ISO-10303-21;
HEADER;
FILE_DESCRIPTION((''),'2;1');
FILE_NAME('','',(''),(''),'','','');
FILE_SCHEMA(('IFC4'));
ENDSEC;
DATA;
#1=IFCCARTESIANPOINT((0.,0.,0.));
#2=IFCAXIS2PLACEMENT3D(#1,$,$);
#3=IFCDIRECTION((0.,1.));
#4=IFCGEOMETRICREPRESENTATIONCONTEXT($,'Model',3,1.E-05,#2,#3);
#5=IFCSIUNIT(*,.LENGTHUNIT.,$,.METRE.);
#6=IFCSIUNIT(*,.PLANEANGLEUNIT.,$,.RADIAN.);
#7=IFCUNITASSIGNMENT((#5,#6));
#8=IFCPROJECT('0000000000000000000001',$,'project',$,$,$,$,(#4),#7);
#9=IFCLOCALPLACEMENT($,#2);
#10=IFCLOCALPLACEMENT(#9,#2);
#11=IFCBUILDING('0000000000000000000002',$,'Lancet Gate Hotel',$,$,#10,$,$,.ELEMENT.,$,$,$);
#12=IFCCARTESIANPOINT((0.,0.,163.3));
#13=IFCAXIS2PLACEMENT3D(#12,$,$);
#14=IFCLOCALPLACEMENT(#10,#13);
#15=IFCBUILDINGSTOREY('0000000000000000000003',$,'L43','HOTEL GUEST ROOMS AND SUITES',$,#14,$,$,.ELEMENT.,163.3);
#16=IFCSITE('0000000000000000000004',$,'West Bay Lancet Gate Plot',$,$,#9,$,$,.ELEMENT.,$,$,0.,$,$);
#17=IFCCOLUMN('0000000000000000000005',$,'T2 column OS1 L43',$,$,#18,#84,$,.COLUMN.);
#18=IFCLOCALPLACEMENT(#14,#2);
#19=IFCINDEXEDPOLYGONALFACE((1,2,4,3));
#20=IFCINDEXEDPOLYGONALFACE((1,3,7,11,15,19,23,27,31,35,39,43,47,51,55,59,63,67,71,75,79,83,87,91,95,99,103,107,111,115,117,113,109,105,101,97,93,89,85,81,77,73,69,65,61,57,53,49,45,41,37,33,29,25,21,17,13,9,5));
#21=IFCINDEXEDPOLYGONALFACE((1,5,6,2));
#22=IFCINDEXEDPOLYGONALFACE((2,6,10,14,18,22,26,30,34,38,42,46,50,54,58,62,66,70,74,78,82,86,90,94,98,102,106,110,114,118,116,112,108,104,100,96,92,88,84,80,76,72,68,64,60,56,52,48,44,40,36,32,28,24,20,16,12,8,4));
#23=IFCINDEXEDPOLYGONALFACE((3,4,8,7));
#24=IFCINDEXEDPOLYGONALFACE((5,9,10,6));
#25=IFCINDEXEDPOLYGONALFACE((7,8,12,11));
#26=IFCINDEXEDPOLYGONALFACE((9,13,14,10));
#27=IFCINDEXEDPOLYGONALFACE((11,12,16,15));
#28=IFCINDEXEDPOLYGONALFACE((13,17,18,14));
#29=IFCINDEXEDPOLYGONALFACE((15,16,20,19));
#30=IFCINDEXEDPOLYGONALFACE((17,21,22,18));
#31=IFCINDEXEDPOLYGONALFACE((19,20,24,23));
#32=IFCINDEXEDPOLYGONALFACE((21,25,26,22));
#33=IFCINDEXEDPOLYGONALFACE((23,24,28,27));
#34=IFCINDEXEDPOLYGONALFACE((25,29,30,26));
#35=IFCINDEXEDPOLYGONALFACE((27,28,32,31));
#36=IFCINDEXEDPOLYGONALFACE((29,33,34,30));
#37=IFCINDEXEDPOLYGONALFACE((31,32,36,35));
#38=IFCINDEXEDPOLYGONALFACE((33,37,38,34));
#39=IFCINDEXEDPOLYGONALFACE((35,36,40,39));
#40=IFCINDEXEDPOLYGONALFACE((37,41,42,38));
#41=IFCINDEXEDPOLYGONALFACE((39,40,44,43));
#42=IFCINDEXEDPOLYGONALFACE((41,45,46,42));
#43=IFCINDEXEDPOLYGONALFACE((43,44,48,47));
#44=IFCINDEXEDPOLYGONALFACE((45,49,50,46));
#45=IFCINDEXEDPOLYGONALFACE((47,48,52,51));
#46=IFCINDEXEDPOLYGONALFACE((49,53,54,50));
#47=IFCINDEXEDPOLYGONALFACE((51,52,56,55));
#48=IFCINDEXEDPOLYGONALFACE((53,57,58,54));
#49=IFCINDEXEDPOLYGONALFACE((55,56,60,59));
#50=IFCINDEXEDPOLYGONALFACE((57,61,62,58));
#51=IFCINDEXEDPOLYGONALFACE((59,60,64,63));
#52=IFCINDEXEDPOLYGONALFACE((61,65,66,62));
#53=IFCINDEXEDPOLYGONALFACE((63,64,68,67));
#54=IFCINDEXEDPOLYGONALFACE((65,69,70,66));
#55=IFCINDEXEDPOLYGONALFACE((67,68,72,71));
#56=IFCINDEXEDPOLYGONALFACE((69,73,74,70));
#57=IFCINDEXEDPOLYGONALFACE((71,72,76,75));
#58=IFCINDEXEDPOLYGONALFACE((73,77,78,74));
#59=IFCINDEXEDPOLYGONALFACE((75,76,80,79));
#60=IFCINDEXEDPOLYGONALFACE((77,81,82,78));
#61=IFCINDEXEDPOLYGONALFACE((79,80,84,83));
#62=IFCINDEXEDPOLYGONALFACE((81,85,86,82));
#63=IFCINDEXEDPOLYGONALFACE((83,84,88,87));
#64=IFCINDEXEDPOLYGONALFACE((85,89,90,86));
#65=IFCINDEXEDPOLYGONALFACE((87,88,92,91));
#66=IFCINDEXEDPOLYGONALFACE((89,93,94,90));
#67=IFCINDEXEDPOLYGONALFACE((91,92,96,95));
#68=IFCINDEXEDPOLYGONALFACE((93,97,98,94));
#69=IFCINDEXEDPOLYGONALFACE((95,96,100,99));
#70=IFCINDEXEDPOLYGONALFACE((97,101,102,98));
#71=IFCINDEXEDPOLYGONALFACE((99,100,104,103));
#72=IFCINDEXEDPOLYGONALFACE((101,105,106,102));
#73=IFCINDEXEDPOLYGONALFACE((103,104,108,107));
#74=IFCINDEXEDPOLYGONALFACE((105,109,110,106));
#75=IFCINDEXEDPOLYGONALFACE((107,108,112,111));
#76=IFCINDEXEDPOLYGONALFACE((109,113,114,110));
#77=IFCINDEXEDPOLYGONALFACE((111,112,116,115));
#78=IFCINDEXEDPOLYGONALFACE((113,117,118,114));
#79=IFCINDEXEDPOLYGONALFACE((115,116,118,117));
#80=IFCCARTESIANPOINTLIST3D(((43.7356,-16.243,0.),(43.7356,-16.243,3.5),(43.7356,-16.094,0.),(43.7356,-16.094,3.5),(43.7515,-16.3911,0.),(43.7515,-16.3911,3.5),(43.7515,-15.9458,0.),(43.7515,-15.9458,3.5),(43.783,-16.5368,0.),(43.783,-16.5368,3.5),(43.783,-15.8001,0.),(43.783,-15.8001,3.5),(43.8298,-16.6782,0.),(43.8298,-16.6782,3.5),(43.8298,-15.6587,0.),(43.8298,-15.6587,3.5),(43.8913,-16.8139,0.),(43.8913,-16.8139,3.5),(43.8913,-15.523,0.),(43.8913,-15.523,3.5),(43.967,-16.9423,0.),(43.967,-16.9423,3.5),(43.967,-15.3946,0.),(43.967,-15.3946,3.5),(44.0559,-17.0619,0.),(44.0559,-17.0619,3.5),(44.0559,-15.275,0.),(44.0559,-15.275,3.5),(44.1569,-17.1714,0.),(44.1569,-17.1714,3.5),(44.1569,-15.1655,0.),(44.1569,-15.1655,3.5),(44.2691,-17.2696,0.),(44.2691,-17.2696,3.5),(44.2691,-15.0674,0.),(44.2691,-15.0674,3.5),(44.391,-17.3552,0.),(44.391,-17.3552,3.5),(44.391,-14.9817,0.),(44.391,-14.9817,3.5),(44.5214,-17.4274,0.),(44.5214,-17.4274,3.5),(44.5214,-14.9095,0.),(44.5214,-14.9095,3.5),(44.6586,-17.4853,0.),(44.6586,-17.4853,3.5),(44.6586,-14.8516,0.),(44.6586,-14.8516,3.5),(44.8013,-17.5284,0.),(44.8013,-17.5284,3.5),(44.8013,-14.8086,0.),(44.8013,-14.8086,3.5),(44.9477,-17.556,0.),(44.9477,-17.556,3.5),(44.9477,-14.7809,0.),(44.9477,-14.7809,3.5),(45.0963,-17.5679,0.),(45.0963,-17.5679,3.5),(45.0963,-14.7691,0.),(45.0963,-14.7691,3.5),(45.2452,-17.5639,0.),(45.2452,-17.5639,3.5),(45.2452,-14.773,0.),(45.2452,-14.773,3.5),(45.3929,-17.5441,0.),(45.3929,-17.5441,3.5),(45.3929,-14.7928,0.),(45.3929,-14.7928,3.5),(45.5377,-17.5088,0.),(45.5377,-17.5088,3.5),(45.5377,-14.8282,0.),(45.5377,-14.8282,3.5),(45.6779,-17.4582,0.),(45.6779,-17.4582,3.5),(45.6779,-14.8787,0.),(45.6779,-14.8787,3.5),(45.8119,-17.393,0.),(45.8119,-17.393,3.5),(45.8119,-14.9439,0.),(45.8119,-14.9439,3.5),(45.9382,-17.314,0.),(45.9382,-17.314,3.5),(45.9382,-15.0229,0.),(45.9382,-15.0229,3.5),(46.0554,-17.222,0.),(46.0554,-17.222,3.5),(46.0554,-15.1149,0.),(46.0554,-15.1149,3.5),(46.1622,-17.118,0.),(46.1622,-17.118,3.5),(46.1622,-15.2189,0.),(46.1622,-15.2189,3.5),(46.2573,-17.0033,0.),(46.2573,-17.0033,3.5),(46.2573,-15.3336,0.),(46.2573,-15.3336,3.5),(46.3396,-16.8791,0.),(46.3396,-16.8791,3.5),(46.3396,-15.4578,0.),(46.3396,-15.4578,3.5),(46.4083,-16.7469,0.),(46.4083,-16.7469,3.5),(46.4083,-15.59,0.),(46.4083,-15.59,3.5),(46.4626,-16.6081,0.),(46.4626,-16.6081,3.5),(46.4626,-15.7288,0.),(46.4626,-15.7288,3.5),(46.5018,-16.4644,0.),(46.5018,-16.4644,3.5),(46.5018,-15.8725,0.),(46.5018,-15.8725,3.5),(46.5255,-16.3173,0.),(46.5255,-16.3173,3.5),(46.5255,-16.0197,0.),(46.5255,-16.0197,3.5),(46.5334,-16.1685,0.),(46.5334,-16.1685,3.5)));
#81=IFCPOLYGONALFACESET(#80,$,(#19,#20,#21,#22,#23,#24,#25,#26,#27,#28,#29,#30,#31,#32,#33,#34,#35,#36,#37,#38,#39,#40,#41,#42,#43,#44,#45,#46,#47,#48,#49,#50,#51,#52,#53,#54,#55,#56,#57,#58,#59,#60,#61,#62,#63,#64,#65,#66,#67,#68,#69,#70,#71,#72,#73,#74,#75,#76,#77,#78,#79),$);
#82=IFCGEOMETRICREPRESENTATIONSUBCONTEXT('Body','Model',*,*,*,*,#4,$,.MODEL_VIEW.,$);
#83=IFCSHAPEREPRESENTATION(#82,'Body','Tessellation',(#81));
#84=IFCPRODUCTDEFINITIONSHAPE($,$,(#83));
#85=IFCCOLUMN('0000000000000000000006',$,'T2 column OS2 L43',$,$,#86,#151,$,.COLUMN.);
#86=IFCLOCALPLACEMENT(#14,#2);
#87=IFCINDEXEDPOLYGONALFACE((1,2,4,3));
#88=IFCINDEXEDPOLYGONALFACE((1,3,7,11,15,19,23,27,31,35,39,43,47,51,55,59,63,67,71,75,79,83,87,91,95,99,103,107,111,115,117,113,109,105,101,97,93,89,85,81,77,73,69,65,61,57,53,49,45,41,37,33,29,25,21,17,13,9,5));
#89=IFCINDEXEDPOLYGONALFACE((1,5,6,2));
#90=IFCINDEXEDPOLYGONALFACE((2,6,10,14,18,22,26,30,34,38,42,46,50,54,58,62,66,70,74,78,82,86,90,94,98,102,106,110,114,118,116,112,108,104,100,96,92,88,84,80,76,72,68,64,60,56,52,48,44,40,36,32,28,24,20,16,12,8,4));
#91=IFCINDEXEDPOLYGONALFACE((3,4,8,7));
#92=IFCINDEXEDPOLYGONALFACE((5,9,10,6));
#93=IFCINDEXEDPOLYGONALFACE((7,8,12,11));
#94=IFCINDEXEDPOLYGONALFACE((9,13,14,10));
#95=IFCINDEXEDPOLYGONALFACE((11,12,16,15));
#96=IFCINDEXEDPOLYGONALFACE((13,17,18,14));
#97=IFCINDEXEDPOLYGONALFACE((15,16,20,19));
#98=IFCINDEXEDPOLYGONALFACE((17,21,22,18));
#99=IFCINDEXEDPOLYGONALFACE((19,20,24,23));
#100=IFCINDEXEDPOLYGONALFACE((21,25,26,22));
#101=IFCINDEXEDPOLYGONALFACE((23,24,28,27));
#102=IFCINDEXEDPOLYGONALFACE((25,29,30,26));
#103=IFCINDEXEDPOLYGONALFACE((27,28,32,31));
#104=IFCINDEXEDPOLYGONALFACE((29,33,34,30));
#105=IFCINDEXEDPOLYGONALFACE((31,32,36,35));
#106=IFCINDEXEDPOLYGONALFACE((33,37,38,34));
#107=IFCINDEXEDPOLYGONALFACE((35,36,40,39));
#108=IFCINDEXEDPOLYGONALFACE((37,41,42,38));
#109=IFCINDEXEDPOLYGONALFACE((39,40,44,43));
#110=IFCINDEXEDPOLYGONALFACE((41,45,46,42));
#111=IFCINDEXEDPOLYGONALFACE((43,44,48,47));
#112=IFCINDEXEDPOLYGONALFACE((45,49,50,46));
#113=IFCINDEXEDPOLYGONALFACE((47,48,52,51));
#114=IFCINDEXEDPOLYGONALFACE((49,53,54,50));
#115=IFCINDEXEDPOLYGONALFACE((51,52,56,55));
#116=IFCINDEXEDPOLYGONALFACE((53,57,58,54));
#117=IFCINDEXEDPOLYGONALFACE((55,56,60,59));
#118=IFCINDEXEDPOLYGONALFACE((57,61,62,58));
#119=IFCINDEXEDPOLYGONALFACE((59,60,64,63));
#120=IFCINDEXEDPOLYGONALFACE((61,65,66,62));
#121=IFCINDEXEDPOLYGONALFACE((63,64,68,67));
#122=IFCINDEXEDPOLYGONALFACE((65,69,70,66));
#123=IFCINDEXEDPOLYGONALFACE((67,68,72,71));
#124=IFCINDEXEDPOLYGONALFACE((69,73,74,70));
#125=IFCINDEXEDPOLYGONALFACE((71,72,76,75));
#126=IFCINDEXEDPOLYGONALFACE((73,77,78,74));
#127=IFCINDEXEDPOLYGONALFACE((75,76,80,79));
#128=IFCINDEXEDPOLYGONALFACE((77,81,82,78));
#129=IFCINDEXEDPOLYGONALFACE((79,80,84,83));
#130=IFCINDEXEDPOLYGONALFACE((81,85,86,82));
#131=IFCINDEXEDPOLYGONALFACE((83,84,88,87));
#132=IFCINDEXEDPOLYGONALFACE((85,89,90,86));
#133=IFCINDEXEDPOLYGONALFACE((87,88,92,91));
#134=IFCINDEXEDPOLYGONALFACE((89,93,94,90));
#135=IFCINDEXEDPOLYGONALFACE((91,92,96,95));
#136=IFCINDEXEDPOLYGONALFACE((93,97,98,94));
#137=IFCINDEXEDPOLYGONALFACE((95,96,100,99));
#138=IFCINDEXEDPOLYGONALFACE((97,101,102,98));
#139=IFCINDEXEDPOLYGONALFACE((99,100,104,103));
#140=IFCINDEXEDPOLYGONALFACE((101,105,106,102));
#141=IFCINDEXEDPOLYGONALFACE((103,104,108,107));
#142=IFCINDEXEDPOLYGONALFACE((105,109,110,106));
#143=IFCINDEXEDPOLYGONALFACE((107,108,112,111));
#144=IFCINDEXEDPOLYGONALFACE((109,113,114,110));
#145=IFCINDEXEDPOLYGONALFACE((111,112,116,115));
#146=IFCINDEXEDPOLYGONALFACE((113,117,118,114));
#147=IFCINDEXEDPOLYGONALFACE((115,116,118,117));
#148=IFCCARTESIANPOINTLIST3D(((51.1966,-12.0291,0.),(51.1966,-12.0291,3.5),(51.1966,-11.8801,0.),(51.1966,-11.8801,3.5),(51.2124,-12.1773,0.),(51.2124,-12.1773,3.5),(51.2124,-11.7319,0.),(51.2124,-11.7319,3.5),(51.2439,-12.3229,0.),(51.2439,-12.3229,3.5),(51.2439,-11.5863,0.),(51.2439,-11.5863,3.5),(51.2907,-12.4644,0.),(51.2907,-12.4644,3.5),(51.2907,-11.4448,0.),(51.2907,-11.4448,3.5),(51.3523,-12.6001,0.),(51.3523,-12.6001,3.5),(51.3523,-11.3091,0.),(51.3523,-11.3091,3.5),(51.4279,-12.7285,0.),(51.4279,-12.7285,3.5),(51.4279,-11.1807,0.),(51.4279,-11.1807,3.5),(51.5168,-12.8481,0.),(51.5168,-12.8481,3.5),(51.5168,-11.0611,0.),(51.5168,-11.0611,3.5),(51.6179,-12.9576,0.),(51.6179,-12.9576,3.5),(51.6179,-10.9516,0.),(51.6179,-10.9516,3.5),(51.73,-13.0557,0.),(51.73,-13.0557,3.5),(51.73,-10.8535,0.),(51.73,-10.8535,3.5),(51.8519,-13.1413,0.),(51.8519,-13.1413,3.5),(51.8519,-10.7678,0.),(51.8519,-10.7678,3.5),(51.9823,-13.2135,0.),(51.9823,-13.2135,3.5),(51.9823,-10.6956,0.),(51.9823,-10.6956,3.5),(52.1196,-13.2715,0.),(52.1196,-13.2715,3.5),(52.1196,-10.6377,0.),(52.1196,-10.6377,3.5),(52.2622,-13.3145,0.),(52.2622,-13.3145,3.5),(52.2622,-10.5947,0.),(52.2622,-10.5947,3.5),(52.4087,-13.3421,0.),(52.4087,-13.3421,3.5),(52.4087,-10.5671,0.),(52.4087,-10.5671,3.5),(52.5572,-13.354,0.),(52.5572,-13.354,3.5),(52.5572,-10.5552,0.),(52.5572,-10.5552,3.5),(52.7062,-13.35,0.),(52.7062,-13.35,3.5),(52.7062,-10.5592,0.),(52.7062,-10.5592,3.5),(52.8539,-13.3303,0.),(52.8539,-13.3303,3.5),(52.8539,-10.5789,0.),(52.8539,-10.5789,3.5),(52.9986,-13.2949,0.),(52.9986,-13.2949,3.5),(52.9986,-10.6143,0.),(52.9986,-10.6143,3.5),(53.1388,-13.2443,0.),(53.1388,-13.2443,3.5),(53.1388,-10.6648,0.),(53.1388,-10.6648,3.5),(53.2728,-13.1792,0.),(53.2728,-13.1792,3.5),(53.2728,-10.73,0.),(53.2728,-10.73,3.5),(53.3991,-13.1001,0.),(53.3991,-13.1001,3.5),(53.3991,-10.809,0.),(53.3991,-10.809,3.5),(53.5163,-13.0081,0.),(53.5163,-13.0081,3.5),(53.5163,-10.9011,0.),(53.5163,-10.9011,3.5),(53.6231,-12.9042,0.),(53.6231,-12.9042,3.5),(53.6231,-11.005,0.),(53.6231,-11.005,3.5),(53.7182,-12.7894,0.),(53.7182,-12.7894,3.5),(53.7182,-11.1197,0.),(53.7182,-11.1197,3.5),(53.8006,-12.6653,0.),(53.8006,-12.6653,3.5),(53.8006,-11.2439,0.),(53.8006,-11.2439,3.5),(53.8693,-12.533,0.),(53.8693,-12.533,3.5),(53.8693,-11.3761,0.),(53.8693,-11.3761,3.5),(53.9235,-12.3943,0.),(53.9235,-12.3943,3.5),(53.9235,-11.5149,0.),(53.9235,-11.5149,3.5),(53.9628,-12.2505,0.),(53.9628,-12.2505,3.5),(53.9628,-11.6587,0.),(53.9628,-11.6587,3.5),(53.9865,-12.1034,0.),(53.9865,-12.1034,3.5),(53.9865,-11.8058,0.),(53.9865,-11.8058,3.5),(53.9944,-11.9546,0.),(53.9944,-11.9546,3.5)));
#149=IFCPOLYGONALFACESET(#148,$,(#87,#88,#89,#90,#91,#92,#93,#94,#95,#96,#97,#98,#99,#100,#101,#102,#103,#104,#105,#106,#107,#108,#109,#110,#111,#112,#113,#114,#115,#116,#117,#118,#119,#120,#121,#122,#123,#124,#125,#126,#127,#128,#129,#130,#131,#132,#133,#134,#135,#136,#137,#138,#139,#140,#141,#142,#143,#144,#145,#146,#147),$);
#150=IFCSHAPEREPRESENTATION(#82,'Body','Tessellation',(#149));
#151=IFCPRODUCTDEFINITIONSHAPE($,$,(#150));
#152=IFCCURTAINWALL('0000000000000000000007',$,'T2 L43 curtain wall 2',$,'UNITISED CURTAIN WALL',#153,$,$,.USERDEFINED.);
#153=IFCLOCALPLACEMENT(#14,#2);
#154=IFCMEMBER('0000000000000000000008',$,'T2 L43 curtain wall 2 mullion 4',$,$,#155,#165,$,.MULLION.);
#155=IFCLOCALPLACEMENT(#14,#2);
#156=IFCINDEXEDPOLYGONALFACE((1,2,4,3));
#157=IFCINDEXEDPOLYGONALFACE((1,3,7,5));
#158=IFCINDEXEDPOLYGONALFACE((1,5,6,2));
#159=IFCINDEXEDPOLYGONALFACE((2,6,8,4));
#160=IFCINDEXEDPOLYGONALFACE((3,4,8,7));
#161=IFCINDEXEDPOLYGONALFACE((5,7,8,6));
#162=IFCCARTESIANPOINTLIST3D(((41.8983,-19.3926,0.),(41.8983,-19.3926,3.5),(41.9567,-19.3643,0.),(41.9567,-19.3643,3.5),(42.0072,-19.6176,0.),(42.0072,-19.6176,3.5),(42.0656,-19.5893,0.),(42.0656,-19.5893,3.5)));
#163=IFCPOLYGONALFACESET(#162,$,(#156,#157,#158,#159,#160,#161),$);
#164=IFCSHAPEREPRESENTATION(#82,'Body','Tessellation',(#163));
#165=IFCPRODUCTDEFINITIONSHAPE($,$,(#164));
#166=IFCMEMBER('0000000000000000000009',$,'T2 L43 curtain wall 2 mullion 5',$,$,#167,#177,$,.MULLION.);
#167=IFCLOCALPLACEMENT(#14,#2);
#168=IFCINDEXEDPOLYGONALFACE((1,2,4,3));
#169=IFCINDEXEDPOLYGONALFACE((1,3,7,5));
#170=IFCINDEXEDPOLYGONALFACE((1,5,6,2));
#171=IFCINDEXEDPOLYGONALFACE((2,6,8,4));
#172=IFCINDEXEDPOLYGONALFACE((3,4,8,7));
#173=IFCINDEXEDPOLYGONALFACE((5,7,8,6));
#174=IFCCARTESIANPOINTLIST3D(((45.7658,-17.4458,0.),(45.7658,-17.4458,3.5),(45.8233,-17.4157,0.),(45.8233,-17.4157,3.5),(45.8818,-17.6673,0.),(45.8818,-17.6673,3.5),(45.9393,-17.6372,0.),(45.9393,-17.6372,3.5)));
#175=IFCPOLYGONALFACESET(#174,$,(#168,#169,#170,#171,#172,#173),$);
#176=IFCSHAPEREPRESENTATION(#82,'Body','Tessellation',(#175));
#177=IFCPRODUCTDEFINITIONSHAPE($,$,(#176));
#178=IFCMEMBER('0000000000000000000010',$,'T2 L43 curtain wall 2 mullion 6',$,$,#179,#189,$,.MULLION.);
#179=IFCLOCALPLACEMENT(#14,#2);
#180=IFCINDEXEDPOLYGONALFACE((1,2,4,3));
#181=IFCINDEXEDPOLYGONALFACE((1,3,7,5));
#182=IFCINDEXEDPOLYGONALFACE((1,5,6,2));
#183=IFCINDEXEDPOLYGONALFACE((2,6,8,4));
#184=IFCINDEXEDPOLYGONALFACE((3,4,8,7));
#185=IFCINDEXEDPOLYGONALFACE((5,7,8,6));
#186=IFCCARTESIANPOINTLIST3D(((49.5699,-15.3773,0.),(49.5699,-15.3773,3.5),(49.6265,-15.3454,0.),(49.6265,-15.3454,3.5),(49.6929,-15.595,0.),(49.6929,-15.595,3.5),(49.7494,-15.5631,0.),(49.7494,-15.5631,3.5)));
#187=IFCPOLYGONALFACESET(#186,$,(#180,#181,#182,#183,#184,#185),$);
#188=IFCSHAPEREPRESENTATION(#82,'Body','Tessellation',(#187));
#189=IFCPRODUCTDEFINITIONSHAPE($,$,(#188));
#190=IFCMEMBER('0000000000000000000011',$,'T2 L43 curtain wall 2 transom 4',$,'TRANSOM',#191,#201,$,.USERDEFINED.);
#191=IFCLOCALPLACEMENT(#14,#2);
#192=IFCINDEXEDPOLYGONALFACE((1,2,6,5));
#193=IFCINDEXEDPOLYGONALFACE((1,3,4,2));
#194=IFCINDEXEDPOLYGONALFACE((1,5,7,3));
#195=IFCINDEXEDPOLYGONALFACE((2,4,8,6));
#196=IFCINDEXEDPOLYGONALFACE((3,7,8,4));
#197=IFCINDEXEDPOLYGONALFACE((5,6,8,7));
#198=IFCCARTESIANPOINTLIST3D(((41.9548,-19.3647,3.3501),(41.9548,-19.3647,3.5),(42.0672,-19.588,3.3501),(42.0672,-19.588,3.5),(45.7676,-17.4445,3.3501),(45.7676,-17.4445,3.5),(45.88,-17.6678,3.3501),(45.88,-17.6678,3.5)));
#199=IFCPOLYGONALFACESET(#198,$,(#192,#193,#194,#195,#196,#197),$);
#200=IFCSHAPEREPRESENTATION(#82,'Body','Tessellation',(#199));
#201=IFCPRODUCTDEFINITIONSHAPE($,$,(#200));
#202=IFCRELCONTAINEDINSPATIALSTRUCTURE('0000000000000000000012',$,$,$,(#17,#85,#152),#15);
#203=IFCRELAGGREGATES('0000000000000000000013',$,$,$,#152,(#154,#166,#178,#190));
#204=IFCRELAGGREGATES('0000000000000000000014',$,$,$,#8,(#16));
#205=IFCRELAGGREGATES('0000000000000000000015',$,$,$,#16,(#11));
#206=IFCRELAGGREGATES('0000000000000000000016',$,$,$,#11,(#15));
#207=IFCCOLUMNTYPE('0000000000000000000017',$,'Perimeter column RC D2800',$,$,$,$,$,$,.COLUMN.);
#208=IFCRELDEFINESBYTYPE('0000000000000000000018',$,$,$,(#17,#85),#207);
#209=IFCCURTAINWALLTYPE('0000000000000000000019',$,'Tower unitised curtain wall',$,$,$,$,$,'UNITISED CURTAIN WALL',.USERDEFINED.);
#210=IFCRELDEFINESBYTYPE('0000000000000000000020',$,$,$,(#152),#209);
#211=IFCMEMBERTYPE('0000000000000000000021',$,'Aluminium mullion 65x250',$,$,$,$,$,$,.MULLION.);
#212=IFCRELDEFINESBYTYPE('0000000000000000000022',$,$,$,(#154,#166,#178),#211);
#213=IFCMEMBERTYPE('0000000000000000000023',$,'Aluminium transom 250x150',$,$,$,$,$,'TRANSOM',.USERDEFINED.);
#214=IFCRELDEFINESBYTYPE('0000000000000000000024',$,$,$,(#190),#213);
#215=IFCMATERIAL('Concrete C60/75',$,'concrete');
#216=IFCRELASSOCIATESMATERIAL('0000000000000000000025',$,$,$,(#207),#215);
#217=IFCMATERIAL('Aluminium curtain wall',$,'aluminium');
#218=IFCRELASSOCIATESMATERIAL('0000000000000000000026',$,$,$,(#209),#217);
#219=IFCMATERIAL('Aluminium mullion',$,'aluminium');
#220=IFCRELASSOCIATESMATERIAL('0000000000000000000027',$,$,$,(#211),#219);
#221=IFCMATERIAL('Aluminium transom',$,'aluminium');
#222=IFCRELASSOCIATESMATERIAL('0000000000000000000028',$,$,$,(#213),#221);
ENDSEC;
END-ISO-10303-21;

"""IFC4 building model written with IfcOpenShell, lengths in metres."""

from ifc_helpers import new_model, si_unit, direction, frame, origin, origin_2d, place, context, subcontext, project, spatial, rectangle, circle, extrude, material, material_profile, profile_set, type_object, element, aggregate, save


model = new_model("IFC4")

# Units and contexts
model_context = context("Model", 3, precision=1e-05, world=origin(), true_north=direction((0.0, 1.0)))
body_context = subcontext(model_context, "Body", "Model", "MODEL_VIEW")
ifc_project = project(units=[si_unit("LENGTHUNIT", "METRE"), si_unit("PLANEANGLEUNIT", "RADIAN")], contexts=[model_context])

# Site, building, storey
site_placement = place(None, origin())
site = spatial("IfcSite", under=ifc_project, at=site_placement, Name="West Bay Lancet Gate Plot", CompositionType="ELEMENT", RefElevation=0.0)
building_placement = place(site_placement, origin())
building = spatial("IfcBuilding", under=site, at=building_placement, Name="Lancet Gate Hotel", CompositionType="ELEMENT")
storey_placement = place(building_placement, frame((0.0, 0.0, 163.3)))
storey = spatial("IfcBuildingStorey", under=building, at=storey_placement, Name="L43", Description="HOTEL GUEST ROOMS AND SUITES", CompositionType="ELEMENT", Elevation=163.3)

# Columns
ifc_material_1 = material(Name="Concrete C60/75", Category="concrete")
ifc_material_profile_1 = material_profile(ifc_material_1, circle(Radius=1.3999, at=origin_2d()), Name="RC D2800")
ifc_profile_set_1 = profile_set([ifc_material_profile_1], Name="Concrete C60/75")
column_type = type_object("IfcColumnType", Name="Perimeter column RC D2800", PredefinedType="COLUMN", material=ifc_profile_set_1)
for number, where, z_axis, x_axis, name in (
    (1, (45.1335, -16.1685, 0.0), (0.0, 0.0, 1.0), (1.0, 0.0, 0.0), "T2 column OS1 L43"),
    (2, (52.5945, -11.9546, 0.0), (0.0, 0.0, 1.0), (1.0, 0.0, 0.0), "T2 column OS2 L43"),
):
    element("IfcColumn", number, at=place(storey_placement, frame(where, z_axis=z_axis, x_axis=x_axis)), inside=storey, type_object=column_type, Name=name, PredefinedType="COLUMN", context=body_context, shape_type="SweptSolid", body=[
        extrude(circle(Radius=1.3999, at=origin_2d()), origin(), (0.0, 0.0, 1.0), 3.5),
    ])

# Curtain wall, members
ifc_material_2 = material(Name="Aluminium curtain wall", Category="aluminium")
curtain_wall_type = type_object("IfcCurtainWallType", Name="Tower unitised curtain wall", ElementType="UNITISED CURTAIN WALL", PredefinedType="USERDEFINED", material=ifc_material_2)
curtain_wall_placement = place(storey_placement, origin())
curtain_wall = element("IfcCurtainWall", 3, at=curtain_wall_placement, inside=storey, type_object=curtain_wall_type, Name="T2 L43 curtain wall 2", ObjectType="UNITISED CURTAIN WALL", PredefinedType="USERDEFINED")
ifc_material_3 = material(Name="Aluminium mullion", Category="aluminium")
ifc_material_profile_2 = material_profile(ifc_material_3, rectangle(XDim=0.0649, YDim=0.25, at=origin_2d()), Name="MULLION 65x250")
ifc_profile_set_2 = profile_set([ifc_material_profile_2], Name="Aluminium mullion")
member_type_1 = type_object("IfcMemberType", Name="Aluminium mullion 65x250", PredefinedType="MULLION", material=ifc_profile_set_2)
member_1_placement = place(storey_placement, frame((41.9819, -19.491, 0.0), z_axis=(0.0, 0.0, 1.0), x_axis=(0.900141, 0.435598, 0.0)))
member_1 = element("IfcMember", 4, at=member_1_placement, type_object=member_type_1, Name="T2 L43 curtain wall 2 mullion 4", PredefinedType="MULLION", context=body_context, shape_type="SweptSolid", body=[
    extrude(rectangle(XDim=0.0649, YDim=0.25, at=origin_2d()), origin(), (0.0, 0.0, 1.0), 3.5),
])
member_2_placement = place(storey_placement, frame((45.8525, -17.5415, 0.0), z_axis=(0.0, 0.0, 1.0), x_axis=(0.885877, 0.46392, 0.0)))
member_2 = element("IfcMember", 5, at=member_2_placement, type_object=member_type_1, Name="T2 L43 curtain wall 2 mullion 5", PredefinedType="MULLION", context=body_context, shape_type="SweptSolid", body=[
    extrude(rectangle(XDim=0.0649, YDim=0.25, at=origin_2d()), origin(), (0.0, 0.0, 1.0), 3.5),
])
member_3_placement = place(storey_placement, frame((49.6597, -15.4702, 0.0), z_axis=(0.0, 0.0, 1.0), x_axis=(0.870722, 0.491776, 0.0)))
member_3 = element("IfcMember", 6, at=member_3_placement, type_object=member_type_1, Name="T2 L43 curtain wall 2 mullion 6", PredefinedType="MULLION", context=body_context, shape_type="SweptSolid", body=[
    extrude(rectangle(XDim=0.0649, YDim=0.25, at=origin_2d()), origin(), (0.0, 0.0, 1.0), 3.5),
])
ifc_material_4 = material(Name="Aluminium transom", Category="aluminium")
ifc_material_profile_3 = material_profile(ifc_material_4, rectangle(XDim=0.25, YDim=0.1499, at=origin_2d()), Name="TRANSOM 250x150")
ifc_profile_set_3 = profile_set([ifc_material_profile_3], Name="Aluminium transom")
member_type_2 = type_object("IfcMemberType", Name="Aluminium transom 250x150", ElementType="TRANSOM", PredefinedType="USERDEFINED", material=ifc_profile_set_3)
member_4_placement = place(storey_placement, frame((42.011, -19.4763, 3.425), z_axis=(0.893131, 0.449797, 0.0), x_axis=(-0.449797, 0.893131, 0.0)))
member_4 = element("IfcMember", 7, at=member_4_placement, type_object=member_type_2, Name="T2 L43 curtain wall 2 transom 4", ObjectType="TRANSOM", PredefinedType="USERDEFINED", context=body_context, shape_type="SweptSolid", body=[
    extrude(rectangle(XDim=0.25, YDim=0.1499, at=origin_2d()), origin(), (0.0, 0.0, 1.0), 4.269),
])

aggregate(curtain_wall, [member_1, member_2, member_3, member_4])

save(model, "model.ifc")
